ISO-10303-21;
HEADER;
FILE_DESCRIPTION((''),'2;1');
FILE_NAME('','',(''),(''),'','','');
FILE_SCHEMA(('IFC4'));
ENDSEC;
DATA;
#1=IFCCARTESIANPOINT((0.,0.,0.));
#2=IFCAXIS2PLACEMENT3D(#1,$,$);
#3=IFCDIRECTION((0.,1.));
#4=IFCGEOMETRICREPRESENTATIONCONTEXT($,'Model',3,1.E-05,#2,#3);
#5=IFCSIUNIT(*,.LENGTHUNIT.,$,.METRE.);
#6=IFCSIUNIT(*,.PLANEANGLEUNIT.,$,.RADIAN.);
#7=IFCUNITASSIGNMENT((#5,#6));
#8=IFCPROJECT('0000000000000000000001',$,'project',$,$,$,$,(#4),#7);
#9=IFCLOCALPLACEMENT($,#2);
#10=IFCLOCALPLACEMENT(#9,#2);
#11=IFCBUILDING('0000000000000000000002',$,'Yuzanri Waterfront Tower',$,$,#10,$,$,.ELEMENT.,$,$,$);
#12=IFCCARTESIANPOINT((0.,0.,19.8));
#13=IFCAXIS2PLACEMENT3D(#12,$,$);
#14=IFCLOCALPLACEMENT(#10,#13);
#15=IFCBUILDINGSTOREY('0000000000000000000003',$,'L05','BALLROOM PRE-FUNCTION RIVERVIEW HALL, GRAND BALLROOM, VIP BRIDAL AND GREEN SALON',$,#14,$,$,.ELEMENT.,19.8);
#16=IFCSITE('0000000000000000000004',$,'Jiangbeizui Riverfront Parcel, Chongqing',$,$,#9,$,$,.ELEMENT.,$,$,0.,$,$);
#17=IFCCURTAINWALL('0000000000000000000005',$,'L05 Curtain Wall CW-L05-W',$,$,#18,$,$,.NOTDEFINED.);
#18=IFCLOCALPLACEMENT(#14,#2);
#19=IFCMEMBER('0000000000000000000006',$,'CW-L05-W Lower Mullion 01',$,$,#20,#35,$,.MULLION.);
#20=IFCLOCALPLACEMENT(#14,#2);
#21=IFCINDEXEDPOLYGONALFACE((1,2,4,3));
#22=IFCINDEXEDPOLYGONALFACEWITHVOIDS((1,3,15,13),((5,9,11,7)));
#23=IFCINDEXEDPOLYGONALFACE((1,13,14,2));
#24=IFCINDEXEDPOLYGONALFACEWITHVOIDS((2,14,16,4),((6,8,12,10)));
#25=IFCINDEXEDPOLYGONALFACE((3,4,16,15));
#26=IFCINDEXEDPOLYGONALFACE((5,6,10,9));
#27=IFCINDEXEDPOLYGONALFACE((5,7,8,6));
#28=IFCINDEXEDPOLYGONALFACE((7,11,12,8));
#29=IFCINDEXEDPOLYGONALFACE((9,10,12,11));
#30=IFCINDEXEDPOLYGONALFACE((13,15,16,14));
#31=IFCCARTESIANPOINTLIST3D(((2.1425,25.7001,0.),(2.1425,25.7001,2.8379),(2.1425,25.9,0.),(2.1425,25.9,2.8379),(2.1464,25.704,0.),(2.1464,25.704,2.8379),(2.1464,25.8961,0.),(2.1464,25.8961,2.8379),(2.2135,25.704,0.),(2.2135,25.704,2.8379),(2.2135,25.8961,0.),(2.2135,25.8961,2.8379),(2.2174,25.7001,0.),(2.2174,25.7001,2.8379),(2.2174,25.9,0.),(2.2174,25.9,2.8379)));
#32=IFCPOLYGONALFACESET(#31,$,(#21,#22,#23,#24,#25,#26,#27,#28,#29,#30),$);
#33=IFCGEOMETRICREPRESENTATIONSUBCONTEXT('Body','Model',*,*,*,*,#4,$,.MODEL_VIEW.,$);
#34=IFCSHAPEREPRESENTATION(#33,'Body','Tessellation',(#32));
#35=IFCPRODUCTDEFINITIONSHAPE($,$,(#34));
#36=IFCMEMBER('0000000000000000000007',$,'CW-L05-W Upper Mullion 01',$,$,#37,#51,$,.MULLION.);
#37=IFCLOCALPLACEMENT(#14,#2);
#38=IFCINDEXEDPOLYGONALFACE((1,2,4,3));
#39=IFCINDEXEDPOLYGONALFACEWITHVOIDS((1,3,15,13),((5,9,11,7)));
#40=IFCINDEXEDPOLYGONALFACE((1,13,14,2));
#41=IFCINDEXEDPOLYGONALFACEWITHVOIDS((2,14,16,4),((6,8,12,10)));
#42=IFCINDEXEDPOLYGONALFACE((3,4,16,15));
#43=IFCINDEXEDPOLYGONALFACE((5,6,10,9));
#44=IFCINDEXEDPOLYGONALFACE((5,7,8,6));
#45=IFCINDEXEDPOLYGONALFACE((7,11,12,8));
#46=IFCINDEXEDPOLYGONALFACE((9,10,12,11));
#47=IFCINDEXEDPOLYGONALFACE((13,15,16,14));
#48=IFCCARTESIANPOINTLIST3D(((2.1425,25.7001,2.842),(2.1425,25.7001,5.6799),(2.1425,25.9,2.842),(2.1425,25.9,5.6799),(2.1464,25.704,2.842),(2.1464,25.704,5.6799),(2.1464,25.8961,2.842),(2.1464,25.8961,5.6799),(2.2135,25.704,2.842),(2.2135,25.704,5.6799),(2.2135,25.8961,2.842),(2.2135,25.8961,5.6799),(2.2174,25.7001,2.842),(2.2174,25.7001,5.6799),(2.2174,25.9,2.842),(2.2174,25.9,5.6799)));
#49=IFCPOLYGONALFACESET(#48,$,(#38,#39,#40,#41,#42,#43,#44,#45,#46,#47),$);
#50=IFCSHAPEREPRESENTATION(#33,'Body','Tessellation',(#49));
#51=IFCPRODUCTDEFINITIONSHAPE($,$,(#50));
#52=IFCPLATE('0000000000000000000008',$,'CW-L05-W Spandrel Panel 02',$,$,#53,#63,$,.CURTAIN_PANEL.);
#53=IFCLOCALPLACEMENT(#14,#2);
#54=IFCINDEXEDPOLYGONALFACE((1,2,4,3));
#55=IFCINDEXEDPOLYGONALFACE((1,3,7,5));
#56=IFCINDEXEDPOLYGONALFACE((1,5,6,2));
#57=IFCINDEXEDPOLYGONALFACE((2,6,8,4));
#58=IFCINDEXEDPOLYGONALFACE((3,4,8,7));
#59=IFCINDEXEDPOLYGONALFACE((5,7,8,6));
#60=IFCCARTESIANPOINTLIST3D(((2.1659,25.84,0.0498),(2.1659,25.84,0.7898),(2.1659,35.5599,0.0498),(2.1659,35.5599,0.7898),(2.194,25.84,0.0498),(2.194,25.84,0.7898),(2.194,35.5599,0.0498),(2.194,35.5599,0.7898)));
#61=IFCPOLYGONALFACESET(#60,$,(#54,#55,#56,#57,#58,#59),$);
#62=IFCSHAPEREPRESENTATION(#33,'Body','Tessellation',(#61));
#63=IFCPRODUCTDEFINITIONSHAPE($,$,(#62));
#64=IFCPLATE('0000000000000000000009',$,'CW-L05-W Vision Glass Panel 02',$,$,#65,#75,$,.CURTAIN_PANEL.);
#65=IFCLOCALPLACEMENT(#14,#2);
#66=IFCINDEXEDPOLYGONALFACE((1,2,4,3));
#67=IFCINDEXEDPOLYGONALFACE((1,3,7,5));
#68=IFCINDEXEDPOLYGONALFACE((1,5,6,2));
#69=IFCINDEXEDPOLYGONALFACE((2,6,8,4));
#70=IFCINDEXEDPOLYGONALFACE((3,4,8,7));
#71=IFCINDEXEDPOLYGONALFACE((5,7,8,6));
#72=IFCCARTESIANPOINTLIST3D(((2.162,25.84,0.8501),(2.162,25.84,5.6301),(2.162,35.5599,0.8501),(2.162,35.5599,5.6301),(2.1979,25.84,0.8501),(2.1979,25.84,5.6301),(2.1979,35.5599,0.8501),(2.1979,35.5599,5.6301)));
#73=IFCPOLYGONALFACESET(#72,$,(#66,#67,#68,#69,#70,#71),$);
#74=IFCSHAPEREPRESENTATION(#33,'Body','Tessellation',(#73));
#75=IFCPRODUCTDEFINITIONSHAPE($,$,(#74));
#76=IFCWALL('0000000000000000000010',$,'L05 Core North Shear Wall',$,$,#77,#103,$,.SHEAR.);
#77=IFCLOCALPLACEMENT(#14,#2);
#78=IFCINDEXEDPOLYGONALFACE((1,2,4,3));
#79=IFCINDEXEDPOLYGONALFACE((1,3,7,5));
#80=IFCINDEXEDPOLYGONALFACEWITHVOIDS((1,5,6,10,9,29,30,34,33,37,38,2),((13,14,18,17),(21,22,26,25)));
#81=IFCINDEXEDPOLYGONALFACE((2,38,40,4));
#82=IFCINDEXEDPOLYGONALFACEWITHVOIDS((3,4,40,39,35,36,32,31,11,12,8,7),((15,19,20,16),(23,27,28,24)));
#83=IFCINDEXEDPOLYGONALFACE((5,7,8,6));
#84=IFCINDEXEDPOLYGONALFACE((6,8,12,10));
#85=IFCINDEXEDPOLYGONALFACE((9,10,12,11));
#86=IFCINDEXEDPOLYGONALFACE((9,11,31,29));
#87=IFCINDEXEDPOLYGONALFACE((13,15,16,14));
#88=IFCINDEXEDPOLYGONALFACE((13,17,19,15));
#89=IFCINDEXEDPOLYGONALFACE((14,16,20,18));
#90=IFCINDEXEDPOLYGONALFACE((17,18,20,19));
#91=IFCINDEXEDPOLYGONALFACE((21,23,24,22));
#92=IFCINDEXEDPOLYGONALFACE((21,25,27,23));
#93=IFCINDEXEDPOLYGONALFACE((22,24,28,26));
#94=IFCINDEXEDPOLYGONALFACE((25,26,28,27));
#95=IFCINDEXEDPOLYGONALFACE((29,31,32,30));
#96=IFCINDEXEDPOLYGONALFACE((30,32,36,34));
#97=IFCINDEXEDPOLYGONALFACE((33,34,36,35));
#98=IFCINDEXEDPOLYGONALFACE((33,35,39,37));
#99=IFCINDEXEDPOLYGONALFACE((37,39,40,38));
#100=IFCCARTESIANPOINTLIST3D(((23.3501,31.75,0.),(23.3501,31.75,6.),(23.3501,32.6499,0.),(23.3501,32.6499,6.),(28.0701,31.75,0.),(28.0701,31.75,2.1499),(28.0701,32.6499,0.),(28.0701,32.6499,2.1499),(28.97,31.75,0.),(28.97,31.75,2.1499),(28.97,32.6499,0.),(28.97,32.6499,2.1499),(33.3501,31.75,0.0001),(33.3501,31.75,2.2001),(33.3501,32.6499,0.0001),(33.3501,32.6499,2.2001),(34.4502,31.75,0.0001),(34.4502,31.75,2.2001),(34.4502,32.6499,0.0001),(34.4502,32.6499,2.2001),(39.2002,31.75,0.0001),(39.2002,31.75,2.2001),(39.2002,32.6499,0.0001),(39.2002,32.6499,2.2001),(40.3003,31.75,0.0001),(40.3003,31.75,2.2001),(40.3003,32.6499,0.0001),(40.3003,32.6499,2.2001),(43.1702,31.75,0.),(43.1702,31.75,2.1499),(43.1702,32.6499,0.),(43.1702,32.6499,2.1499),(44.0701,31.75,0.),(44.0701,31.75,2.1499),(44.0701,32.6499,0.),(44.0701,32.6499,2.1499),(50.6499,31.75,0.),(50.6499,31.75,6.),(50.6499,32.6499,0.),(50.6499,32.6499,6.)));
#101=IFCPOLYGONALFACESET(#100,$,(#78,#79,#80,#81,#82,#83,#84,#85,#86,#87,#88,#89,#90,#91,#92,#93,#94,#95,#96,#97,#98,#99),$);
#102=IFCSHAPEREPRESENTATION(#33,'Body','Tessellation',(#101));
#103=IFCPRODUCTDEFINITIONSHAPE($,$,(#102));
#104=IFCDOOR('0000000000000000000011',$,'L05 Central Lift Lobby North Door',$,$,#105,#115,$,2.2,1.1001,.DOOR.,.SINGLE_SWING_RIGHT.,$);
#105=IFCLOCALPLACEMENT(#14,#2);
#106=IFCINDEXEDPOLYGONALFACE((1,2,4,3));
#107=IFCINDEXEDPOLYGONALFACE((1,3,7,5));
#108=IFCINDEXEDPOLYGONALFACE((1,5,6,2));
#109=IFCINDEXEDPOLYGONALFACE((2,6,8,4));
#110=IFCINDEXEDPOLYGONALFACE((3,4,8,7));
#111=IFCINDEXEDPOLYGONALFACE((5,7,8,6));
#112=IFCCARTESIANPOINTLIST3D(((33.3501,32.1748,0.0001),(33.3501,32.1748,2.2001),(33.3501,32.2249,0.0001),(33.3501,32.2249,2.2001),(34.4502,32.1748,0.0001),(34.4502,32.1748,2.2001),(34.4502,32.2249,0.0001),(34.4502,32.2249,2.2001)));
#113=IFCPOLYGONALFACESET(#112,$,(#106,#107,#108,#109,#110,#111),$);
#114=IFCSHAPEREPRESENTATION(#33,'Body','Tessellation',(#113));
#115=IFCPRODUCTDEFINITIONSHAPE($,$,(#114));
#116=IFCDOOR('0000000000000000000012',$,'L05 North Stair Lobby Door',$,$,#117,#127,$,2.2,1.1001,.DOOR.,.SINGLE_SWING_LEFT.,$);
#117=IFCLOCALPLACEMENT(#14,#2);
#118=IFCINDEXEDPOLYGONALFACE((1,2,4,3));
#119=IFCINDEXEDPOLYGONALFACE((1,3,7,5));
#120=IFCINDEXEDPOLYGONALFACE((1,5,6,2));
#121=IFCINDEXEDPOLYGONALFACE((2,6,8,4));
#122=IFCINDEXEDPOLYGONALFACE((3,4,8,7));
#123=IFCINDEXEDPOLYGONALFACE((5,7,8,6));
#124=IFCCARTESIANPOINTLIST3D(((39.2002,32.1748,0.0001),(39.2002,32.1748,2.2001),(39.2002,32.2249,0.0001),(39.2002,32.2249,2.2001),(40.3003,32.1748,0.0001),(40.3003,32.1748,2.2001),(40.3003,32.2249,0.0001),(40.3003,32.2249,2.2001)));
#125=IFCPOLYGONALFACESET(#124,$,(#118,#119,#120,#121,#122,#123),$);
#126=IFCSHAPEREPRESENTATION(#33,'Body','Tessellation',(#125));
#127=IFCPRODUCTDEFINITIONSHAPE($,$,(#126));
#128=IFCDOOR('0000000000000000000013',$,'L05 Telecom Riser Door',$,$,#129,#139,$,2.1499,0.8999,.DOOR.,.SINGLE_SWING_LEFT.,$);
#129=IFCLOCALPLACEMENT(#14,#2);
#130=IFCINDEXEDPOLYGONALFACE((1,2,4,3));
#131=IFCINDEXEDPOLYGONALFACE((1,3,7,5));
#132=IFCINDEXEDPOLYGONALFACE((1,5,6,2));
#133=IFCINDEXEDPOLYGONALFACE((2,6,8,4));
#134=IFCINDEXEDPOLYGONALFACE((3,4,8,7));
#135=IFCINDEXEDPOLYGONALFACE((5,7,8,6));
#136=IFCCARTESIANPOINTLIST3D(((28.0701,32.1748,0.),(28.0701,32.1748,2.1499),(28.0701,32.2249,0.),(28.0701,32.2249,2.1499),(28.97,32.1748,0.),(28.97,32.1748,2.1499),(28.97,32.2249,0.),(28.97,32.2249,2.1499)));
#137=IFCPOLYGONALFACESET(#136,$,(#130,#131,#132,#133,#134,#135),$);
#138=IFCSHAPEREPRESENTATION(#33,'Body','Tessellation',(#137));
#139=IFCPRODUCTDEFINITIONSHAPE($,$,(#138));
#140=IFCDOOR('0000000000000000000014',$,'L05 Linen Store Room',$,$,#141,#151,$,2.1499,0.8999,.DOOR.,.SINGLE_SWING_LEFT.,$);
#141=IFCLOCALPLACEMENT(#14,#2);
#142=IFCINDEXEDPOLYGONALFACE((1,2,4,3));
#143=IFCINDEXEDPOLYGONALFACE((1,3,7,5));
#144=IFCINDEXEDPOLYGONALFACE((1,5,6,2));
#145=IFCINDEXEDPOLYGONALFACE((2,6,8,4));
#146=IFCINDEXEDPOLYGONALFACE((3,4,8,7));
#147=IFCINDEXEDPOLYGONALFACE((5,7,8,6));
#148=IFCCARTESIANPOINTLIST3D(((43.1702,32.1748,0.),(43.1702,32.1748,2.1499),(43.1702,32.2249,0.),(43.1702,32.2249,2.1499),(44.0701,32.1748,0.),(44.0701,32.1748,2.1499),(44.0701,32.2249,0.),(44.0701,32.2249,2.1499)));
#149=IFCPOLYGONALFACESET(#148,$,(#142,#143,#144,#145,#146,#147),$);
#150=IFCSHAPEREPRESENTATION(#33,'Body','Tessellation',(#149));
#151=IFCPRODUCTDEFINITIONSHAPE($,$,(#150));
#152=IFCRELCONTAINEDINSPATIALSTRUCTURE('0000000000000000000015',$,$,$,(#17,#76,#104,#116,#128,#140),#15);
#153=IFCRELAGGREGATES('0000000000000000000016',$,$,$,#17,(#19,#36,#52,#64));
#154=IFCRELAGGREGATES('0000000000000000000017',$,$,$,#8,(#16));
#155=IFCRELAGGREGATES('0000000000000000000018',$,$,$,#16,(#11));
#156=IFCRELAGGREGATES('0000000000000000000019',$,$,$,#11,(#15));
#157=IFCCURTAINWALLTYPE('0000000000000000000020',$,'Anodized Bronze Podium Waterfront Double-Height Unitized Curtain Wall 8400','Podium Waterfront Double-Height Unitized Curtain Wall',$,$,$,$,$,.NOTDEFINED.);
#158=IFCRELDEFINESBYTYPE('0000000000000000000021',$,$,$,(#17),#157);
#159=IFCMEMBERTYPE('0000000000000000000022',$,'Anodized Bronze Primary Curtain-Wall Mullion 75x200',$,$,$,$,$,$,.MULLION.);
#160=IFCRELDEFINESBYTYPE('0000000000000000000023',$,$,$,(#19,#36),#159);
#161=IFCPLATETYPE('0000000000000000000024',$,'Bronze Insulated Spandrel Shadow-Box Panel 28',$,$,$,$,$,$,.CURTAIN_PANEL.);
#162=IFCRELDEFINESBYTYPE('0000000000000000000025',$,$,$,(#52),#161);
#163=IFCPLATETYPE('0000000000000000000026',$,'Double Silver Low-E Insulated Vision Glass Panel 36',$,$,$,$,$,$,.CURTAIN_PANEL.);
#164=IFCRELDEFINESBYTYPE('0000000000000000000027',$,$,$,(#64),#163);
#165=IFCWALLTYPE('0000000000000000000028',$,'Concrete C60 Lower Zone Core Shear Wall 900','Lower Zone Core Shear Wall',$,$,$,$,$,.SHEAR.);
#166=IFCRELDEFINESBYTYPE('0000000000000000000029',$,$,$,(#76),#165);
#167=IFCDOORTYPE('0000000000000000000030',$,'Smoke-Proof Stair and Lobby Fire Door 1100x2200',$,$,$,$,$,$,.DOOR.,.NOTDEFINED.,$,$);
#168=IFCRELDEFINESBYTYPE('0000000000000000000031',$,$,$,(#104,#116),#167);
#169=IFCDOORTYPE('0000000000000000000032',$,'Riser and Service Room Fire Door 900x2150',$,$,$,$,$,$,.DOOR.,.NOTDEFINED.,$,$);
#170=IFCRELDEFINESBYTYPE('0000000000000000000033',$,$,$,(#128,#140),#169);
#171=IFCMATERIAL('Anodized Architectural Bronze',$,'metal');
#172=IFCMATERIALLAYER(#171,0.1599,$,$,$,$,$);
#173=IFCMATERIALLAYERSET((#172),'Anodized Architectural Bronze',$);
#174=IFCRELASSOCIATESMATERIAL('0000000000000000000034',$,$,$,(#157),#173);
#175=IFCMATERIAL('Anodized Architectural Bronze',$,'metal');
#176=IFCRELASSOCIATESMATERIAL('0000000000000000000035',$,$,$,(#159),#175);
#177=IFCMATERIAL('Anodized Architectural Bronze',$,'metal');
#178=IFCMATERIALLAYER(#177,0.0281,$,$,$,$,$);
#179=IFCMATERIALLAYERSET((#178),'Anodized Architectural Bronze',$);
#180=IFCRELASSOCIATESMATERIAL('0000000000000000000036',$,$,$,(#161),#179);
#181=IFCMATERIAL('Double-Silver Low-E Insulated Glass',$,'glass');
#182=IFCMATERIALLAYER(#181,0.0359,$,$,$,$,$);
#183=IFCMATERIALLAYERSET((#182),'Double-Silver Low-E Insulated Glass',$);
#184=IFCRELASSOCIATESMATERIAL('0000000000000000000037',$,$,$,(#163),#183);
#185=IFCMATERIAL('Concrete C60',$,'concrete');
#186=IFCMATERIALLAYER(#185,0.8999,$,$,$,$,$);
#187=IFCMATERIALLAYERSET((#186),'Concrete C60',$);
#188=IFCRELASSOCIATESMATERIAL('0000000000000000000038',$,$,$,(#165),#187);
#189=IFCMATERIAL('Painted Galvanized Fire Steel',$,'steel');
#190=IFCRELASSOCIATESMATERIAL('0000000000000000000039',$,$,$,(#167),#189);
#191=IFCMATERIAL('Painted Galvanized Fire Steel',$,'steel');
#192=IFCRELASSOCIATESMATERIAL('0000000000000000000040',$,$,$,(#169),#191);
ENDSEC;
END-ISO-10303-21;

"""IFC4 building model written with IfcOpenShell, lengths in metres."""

from ifc_helpers import new_model, si_unit, direction, frame, frame_2d, origin, origin_2d, place, context, subcontext, project, spatial, rectangle, hollow_rectangle, extrude, source, transform, mapped, material, layer, layer_set, material_profile, profile_set, type_object, element, fill, aggregate, save


model = new_model("IFC4")

# Units and contexts
model_context = context("Model", 3, precision=1e-05, world=origin(), true_north=direction((0.0, 1.0)))
body_context = subcontext(model_context, "Body", "Model", "MODEL_VIEW")
ifc_project = project(units=[si_unit("LENGTHUNIT", "METRE"), si_unit("PLANEANGLEUNIT", "RADIAN")], contexts=[model_context])

# Site, building, storey
site_placement = place(None, origin())
site = spatial("IfcSite", under=ifc_project, at=site_placement, Name="Jiangbeizui Riverfront Parcel, Chongqing", CompositionType="ELEMENT", RefElevation=0.0)
building_placement = place(site_placement, origin())
building = spatial("IfcBuilding", under=site, at=building_placement, Name="Yuzanri Waterfront Tower", CompositionType="ELEMENT")
storey_placement = place(building_placement, frame((0.0, 0.0, 19.8)))
storey = spatial("IfcBuildingStorey", under=building, at=storey_placement, Name="L05", Description="BALLROOM PRE-FUNCTION RIVERVIEW HALL, GRAND BALLROOM, VIP BRIDAL AND GREEN SALON", CompositionType="ELEMENT", Elevation=19.8)

# Curtain wall, members, plates
ifc_material_1 = material(Name="Anodized Architectural Bronze", Category="metal")
ifc_layer_1 = layer(ifc_material_1, 0.1599)
ifc_layer_set_1 = layer_set([ifc_layer_1], Name="Anodized Architectural Bronze")
curtain_wall_type = type_object("IfcCurtainWallType", Name="Anodized Bronze Podium Waterfront Double-Height Unitized Curtain Wall 8400", Description="Podium Waterfront Double-Height Unitized Curtain Wall", PredefinedType="NOTDEFINED", material=ifc_layer_set_1)
curtain_wall_placement = place(storey_placement, origin())
curtain_wall = element("IfcCurtainWall", 1, at=curtain_wall_placement, inside=storey, type_object=curtain_wall_type, Name="L05 Curtain Wall CW-L05-W", PredefinedType="NOTDEFINED")
ifc_material_2 = material(Name="Anodized Architectural Bronze", Category="metal")
ifc_material_profile_1 = material_profile(ifc_material_2, hollow_rectangle(XDim=0.075, YDim=0.2, WallThickness=0.0039, at=origin_2d()), Name="CWM 75x200")
ifc_profile_set_1 = profile_set([ifc_material_profile_1], Name="Anodized Architectural Bronze")
member_type = type_object("IfcMemberType", Name="Anodized Bronze Primary Curtain-Wall Mullion 75x200", PredefinedType="MULLION", material=ifc_profile_set_1)
shared_shape_1 = source(origin(), body_context, "Body", "SweptSolid", [
    extrude(hollow_rectangle(XDim=0.075, YDim=0.2, WallThickness=0.0039, at=origin_2d()), origin(), (0.0, 0.0, 1.0), 2.8379),
])
member_1_placement = place(storey_placement, frame((2.1799, 25.8, 0.0), z_axis=(0.0, 0.0, 1.0), x_axis=(1.0, 0.0, 0.0)))
member_1 = element("IfcMember", 2, at=member_1_placement, type_object=member_type, Name="CW-L05-W Lower Mullion 01", PredefinedType="MULLION", context=body_context, shape_type="MappedRepresentation", body=[
    mapped(shared_shape_1, transform((0.0, 0.0, 0.0), scale=1.0)),
])
member_2_placement = place(storey_placement, frame((2.1799, 25.8, 2.842), z_axis=(0.0, 0.0, 1.0), x_axis=(1.0, 0.0, 0.0)))
member_2 = element("IfcMember", 3, at=member_2_placement, type_object=member_type, Name="CW-L05-W Upper Mullion 01", PredefinedType="MULLION", context=body_context, shape_type="MappedRepresentation", body=[
    mapped(shared_shape_1, transform((0.0, 0.0, 0.0), scale=1.0)),
])
ifc_material_3 = material(Name="Anodized Architectural Bronze", Category="metal")
ifc_layer_2 = layer(ifc_material_3, 0.0281)
ifc_layer_set_2 = layer_set([ifc_layer_2], Name="Anodized Architectural Bronze")
plate_type_1 = type_object("IfcPlateType", Name="Bronze Insulated Spandrel Shadow-Box Panel 28", PredefinedType="CURTAIN_PANEL", material=ifc_layer_set_2)
shared_shape_2 = source(origin(), body_context, "Body", "SweptSolid", [
    extrude(rectangle(XDim=9.72, YDim=0.0281, at=origin_2d()), origin(), (0.0, 0.0, 1.0), 0.74),
])
plate_1_placement = place(storey_placement, frame((2.1799, 30.7, 0.0498), z_axis=(0.0, 0.0, 1.0), x_axis=(0.0, 1.0, 0.0)))
plate_1 = element("IfcPlate", 4, at=plate_1_placement, type_object=plate_type_1, Name="CW-L05-W Spandrel Panel 02", PredefinedType="CURTAIN_PANEL", context=body_context, shape_type="MappedRepresentation", body=[
    mapped(shared_shape_2, transform((0.0, 0.0, 0.0), scale=1.0)),
])
ifc_material_4 = material(Name="Double-Silver Low-E Insulated Glass", Category="glass")
ifc_layer_3 = layer(ifc_material_4, 0.0359)
ifc_layer_set_3 = layer_set([ifc_layer_3], Name="Double-Silver Low-E Insulated Glass")
plate_type_2 = type_object("IfcPlateType", Name="Double Silver Low-E Insulated Vision Glass Panel 36", PredefinedType="CURTAIN_PANEL", material=ifc_layer_set_3)
shared_shape_3 = source(origin(), body_context, "Body", "SweptSolid", [
    extrude(rectangle(XDim=9.72, YDim=0.0359, at=origin_2d()), origin(), (0.0, 0.0, 1.0), 4.78),
])
plate_2_placement = place(storey_placement, frame((2.1799, 30.7, 0.8501), z_axis=(0.0, 0.0, 1.0), x_axis=(0.0, 1.0, 0.0)))
plate_2 = element("IfcPlate", 5, at=plate_2_placement, type_object=plate_type_2, Name="CW-L05-W Vision Glass Panel 02", PredefinedType="CURTAIN_PANEL", context=body_context, shape_type="MappedRepresentation", body=[
    mapped(shared_shape_3, transform((0.0, 0.0, 0.0), scale=1.0)),
])
aggregate(curtain_wall, [member_1, member_2, plate_1, plate_2])

# Wall, openings, doors
ifc_material_5 = material(Name="Concrete C60", Category="concrete")
ifc_layer_4 = layer(ifc_material_5, 0.8999)
ifc_layer_set_4 = layer_set([ifc_layer_4], Name="Concrete C60")
wall_type_1 = type_object("IfcWallType", Name="Concrete C60 Lower Zone Core Shear Wall 900", Description="Lower Zone Core Shear Wall", PredefinedType="SHEAR", material=ifc_layer_set_4)
wall_1_placement = place(storey_placement, frame((23.3501, 32.2, 0.0), z_axis=(0.0, 0.0, 1.0), x_axis=(1.0, 0.0, 0.0)))
wall_1 = element("IfcWall", 6, at=wall_1_placement, inside=storey, type_object=wall_type_1, Name="L05 Core North Shear Wall", PredefinedType="SHEAR", context=body_context, shape_type="SweptSolid", body=[
    extrude(rectangle(XDim=27.2998, YDim=0.8999, at=frame_2d((13.6499, 0.0))), origin(), (0.0, 0.0, 1.0), 6.0),
])
opening_1_placement = place(wall_1_placement, frame((4.72, 0.0, 0.0)))
opening_1 = element("IfcOpeningElement", 7, at=opening_1_placement, cuts=wall_1, PredefinedType="OPENING", context=body_context, shape_type="SweptSolid", body=[
    extrude(rectangle(XDim=0.8999, YDim=2.1499, at=frame_2d((0.45, 1.075))), frame((0.0, 0.4648, 0.0), z_axis=(0.0, -1.0, 0.0), x_axis=(1.0, 0.0, 0.0)), (0.0, 0.0, 1.0), 0.9297),
])
opening_2_placement = place(wall_1_placement, frame((10.0, 0.0, 0.0)))
opening_2 = element("IfcOpeningElement", 8, at=opening_2_placement, cuts=wall_1, PredefinedType="OPENING", context=body_context, shape_type="SweptSolid", body=[
    extrude(rectangle(XDim=1.1001, YDim=2.2, at=frame_2d((0.55, 1.1001))), frame((0.0, 0.4648, 0.0), z_axis=(0.0, -1.0, 0.0), x_axis=(1.0, 0.0, 0.0)), (0.0, 0.0, 1.0), 0.9297),
])
opening_3_placement = place(wall_1_placement, frame((15.8501, 0.0, 0.0)))
opening_3 = element("IfcOpeningElement", 9, at=opening_3_placement, cuts=wall_1, PredefinedType="OPENING", context=body_context, shape_type="SweptSolid", body=[
    extrude(rectangle(XDim=1.1001, YDim=2.2, at=frame_2d((0.55, 1.1001))), frame((0.0, 0.4648, 0.0), z_axis=(0.0, -1.0, 0.0), x_axis=(1.0, 0.0, 0.0)), (0.0, 0.0, 1.0), 0.9297),
])
opening_4_placement = place(wall_1_placement, frame((19.8201, 0.0, 0.0)))
opening_4 = element("IfcOpeningElement", 10, at=opening_4_placement, cuts=wall_1, PredefinedType="OPENING", context=body_context, shape_type="SweptSolid", body=[
    extrude(rectangle(XDim=0.8999, YDim=2.1499, at=frame_2d((0.45, 1.075))), frame((0.0, 0.4648, 0.0), z_axis=(0.0, -1.0, 0.0), x_axis=(1.0, 0.0, 0.0)), (0.0, 0.0, 1.0), 0.9297),
])
ifc_material_6 = material(Name="Painted Galvanized Fire Steel", Category="steel")
door_type_1 = type_object("IfcDoorType", Name="Smoke-Proof Stair and Lobby Fire Door 1100x2200", OperationType="NOTDEFINED", PredefinedType="DOOR", material=ifc_material_6)
shared_shape_4 = source(origin(), body_context, "Body", "SweptSolid", [
    extrude(rectangle(XDim=1.1001, YDim=2.2, at=frame_2d((0.55, 1.1001))), frame((0.0, 0.0249, 0.0), z_axis=(0.0, -1.0, 0.0), x_axis=(1.0, 0.0, 0.0)), (0.0, 0.0, 1.0), 0.05),
])
door_1_placement = place(opening_2_placement, origin())
door_1 = element("IfcDoor", 11, at=door_1_placement, inside=storey, type_object=door_type_1, Name="L05 Central Lift Lobby North Door", OperationType="SINGLE_SWING_RIGHT", OverallHeight=2.2, OverallWidth=1.1001, PredefinedType="DOOR", context=body_context, shape_type="MappedRepresentation", body=[
    mapped(shared_shape_4, transform((0.0, 0.0, 0.0), scale=1.0)),
])
fill(opening_2, door_1)
door_2_placement = place(opening_3_placement, origin())
door_2 = element("IfcDoor", 12, at=door_2_placement, inside=storey, type_object=door_type_1, Name="L05 North Stair Lobby Door", OperationType="SINGLE_SWING_LEFT", OverallHeight=2.2, OverallWidth=1.1001, PredefinedType="DOOR", context=body_context, shape_type="MappedRepresentation", body=[
    mapped(shared_shape_4, transform((0.0, 0.0, 0.0), scale=1.0)),
])
fill(opening_3, door_2)
ifc_material_7 = material(Name="Painted Galvanized Fire Steel", Category="steel")
door_type_2 = type_object("IfcDoorType", Name="Riser and Service Room Fire Door 900x2150", OperationType="NOTDEFINED", PredefinedType="DOOR", material=ifc_material_7)
shared_shape_5 = source(origin(), body_context, "Body", "SweptSolid", [
    extrude(rectangle(XDim=0.8999, YDim=2.1499, at=frame_2d((0.45, 1.075))), frame((0.0, 0.0249, 0.0), z_axis=(0.0, -1.0, 0.0), x_axis=(1.0, 0.0, 0.0)), (0.0, 0.0, 1.0), 0.05),
])
door_3_placement = place(opening_1_placement, origin())
door_3 = element("IfcDoor", 13, at=door_3_placement, inside=storey, type_object=door_type_2, Name="L05 Telecom Riser Door", OperationType="SINGLE_SWING_LEFT", OverallHeight=2.1499, OverallWidth=0.8999, PredefinedType="DOOR", context=body_context, shape_type="MappedRepresentation", body=[
    mapped(shared_shape_5, transform((0.0, 0.0, 0.0), scale=1.0)),
])
fill(opening_1, door_3)
door_4_placement = place(opening_4_placement, origin())
door_4 = element("IfcDoor", 14, at=door_4_placement, inside=storey, type_object=door_type_2, Name="L05 Linen Store Room", OperationType="SINGLE_SWING_LEFT", OverallHeight=2.1499, OverallWidth=0.8999, PredefinedType="DOOR", context=body_context, shape_type="MappedRepresentation", body=[
    mapped(shared_shape_5, transform((0.0, 0.0, 0.0), scale=1.0)),
])
fill(opening_4, door_4)

save(model, "model.ifc")
